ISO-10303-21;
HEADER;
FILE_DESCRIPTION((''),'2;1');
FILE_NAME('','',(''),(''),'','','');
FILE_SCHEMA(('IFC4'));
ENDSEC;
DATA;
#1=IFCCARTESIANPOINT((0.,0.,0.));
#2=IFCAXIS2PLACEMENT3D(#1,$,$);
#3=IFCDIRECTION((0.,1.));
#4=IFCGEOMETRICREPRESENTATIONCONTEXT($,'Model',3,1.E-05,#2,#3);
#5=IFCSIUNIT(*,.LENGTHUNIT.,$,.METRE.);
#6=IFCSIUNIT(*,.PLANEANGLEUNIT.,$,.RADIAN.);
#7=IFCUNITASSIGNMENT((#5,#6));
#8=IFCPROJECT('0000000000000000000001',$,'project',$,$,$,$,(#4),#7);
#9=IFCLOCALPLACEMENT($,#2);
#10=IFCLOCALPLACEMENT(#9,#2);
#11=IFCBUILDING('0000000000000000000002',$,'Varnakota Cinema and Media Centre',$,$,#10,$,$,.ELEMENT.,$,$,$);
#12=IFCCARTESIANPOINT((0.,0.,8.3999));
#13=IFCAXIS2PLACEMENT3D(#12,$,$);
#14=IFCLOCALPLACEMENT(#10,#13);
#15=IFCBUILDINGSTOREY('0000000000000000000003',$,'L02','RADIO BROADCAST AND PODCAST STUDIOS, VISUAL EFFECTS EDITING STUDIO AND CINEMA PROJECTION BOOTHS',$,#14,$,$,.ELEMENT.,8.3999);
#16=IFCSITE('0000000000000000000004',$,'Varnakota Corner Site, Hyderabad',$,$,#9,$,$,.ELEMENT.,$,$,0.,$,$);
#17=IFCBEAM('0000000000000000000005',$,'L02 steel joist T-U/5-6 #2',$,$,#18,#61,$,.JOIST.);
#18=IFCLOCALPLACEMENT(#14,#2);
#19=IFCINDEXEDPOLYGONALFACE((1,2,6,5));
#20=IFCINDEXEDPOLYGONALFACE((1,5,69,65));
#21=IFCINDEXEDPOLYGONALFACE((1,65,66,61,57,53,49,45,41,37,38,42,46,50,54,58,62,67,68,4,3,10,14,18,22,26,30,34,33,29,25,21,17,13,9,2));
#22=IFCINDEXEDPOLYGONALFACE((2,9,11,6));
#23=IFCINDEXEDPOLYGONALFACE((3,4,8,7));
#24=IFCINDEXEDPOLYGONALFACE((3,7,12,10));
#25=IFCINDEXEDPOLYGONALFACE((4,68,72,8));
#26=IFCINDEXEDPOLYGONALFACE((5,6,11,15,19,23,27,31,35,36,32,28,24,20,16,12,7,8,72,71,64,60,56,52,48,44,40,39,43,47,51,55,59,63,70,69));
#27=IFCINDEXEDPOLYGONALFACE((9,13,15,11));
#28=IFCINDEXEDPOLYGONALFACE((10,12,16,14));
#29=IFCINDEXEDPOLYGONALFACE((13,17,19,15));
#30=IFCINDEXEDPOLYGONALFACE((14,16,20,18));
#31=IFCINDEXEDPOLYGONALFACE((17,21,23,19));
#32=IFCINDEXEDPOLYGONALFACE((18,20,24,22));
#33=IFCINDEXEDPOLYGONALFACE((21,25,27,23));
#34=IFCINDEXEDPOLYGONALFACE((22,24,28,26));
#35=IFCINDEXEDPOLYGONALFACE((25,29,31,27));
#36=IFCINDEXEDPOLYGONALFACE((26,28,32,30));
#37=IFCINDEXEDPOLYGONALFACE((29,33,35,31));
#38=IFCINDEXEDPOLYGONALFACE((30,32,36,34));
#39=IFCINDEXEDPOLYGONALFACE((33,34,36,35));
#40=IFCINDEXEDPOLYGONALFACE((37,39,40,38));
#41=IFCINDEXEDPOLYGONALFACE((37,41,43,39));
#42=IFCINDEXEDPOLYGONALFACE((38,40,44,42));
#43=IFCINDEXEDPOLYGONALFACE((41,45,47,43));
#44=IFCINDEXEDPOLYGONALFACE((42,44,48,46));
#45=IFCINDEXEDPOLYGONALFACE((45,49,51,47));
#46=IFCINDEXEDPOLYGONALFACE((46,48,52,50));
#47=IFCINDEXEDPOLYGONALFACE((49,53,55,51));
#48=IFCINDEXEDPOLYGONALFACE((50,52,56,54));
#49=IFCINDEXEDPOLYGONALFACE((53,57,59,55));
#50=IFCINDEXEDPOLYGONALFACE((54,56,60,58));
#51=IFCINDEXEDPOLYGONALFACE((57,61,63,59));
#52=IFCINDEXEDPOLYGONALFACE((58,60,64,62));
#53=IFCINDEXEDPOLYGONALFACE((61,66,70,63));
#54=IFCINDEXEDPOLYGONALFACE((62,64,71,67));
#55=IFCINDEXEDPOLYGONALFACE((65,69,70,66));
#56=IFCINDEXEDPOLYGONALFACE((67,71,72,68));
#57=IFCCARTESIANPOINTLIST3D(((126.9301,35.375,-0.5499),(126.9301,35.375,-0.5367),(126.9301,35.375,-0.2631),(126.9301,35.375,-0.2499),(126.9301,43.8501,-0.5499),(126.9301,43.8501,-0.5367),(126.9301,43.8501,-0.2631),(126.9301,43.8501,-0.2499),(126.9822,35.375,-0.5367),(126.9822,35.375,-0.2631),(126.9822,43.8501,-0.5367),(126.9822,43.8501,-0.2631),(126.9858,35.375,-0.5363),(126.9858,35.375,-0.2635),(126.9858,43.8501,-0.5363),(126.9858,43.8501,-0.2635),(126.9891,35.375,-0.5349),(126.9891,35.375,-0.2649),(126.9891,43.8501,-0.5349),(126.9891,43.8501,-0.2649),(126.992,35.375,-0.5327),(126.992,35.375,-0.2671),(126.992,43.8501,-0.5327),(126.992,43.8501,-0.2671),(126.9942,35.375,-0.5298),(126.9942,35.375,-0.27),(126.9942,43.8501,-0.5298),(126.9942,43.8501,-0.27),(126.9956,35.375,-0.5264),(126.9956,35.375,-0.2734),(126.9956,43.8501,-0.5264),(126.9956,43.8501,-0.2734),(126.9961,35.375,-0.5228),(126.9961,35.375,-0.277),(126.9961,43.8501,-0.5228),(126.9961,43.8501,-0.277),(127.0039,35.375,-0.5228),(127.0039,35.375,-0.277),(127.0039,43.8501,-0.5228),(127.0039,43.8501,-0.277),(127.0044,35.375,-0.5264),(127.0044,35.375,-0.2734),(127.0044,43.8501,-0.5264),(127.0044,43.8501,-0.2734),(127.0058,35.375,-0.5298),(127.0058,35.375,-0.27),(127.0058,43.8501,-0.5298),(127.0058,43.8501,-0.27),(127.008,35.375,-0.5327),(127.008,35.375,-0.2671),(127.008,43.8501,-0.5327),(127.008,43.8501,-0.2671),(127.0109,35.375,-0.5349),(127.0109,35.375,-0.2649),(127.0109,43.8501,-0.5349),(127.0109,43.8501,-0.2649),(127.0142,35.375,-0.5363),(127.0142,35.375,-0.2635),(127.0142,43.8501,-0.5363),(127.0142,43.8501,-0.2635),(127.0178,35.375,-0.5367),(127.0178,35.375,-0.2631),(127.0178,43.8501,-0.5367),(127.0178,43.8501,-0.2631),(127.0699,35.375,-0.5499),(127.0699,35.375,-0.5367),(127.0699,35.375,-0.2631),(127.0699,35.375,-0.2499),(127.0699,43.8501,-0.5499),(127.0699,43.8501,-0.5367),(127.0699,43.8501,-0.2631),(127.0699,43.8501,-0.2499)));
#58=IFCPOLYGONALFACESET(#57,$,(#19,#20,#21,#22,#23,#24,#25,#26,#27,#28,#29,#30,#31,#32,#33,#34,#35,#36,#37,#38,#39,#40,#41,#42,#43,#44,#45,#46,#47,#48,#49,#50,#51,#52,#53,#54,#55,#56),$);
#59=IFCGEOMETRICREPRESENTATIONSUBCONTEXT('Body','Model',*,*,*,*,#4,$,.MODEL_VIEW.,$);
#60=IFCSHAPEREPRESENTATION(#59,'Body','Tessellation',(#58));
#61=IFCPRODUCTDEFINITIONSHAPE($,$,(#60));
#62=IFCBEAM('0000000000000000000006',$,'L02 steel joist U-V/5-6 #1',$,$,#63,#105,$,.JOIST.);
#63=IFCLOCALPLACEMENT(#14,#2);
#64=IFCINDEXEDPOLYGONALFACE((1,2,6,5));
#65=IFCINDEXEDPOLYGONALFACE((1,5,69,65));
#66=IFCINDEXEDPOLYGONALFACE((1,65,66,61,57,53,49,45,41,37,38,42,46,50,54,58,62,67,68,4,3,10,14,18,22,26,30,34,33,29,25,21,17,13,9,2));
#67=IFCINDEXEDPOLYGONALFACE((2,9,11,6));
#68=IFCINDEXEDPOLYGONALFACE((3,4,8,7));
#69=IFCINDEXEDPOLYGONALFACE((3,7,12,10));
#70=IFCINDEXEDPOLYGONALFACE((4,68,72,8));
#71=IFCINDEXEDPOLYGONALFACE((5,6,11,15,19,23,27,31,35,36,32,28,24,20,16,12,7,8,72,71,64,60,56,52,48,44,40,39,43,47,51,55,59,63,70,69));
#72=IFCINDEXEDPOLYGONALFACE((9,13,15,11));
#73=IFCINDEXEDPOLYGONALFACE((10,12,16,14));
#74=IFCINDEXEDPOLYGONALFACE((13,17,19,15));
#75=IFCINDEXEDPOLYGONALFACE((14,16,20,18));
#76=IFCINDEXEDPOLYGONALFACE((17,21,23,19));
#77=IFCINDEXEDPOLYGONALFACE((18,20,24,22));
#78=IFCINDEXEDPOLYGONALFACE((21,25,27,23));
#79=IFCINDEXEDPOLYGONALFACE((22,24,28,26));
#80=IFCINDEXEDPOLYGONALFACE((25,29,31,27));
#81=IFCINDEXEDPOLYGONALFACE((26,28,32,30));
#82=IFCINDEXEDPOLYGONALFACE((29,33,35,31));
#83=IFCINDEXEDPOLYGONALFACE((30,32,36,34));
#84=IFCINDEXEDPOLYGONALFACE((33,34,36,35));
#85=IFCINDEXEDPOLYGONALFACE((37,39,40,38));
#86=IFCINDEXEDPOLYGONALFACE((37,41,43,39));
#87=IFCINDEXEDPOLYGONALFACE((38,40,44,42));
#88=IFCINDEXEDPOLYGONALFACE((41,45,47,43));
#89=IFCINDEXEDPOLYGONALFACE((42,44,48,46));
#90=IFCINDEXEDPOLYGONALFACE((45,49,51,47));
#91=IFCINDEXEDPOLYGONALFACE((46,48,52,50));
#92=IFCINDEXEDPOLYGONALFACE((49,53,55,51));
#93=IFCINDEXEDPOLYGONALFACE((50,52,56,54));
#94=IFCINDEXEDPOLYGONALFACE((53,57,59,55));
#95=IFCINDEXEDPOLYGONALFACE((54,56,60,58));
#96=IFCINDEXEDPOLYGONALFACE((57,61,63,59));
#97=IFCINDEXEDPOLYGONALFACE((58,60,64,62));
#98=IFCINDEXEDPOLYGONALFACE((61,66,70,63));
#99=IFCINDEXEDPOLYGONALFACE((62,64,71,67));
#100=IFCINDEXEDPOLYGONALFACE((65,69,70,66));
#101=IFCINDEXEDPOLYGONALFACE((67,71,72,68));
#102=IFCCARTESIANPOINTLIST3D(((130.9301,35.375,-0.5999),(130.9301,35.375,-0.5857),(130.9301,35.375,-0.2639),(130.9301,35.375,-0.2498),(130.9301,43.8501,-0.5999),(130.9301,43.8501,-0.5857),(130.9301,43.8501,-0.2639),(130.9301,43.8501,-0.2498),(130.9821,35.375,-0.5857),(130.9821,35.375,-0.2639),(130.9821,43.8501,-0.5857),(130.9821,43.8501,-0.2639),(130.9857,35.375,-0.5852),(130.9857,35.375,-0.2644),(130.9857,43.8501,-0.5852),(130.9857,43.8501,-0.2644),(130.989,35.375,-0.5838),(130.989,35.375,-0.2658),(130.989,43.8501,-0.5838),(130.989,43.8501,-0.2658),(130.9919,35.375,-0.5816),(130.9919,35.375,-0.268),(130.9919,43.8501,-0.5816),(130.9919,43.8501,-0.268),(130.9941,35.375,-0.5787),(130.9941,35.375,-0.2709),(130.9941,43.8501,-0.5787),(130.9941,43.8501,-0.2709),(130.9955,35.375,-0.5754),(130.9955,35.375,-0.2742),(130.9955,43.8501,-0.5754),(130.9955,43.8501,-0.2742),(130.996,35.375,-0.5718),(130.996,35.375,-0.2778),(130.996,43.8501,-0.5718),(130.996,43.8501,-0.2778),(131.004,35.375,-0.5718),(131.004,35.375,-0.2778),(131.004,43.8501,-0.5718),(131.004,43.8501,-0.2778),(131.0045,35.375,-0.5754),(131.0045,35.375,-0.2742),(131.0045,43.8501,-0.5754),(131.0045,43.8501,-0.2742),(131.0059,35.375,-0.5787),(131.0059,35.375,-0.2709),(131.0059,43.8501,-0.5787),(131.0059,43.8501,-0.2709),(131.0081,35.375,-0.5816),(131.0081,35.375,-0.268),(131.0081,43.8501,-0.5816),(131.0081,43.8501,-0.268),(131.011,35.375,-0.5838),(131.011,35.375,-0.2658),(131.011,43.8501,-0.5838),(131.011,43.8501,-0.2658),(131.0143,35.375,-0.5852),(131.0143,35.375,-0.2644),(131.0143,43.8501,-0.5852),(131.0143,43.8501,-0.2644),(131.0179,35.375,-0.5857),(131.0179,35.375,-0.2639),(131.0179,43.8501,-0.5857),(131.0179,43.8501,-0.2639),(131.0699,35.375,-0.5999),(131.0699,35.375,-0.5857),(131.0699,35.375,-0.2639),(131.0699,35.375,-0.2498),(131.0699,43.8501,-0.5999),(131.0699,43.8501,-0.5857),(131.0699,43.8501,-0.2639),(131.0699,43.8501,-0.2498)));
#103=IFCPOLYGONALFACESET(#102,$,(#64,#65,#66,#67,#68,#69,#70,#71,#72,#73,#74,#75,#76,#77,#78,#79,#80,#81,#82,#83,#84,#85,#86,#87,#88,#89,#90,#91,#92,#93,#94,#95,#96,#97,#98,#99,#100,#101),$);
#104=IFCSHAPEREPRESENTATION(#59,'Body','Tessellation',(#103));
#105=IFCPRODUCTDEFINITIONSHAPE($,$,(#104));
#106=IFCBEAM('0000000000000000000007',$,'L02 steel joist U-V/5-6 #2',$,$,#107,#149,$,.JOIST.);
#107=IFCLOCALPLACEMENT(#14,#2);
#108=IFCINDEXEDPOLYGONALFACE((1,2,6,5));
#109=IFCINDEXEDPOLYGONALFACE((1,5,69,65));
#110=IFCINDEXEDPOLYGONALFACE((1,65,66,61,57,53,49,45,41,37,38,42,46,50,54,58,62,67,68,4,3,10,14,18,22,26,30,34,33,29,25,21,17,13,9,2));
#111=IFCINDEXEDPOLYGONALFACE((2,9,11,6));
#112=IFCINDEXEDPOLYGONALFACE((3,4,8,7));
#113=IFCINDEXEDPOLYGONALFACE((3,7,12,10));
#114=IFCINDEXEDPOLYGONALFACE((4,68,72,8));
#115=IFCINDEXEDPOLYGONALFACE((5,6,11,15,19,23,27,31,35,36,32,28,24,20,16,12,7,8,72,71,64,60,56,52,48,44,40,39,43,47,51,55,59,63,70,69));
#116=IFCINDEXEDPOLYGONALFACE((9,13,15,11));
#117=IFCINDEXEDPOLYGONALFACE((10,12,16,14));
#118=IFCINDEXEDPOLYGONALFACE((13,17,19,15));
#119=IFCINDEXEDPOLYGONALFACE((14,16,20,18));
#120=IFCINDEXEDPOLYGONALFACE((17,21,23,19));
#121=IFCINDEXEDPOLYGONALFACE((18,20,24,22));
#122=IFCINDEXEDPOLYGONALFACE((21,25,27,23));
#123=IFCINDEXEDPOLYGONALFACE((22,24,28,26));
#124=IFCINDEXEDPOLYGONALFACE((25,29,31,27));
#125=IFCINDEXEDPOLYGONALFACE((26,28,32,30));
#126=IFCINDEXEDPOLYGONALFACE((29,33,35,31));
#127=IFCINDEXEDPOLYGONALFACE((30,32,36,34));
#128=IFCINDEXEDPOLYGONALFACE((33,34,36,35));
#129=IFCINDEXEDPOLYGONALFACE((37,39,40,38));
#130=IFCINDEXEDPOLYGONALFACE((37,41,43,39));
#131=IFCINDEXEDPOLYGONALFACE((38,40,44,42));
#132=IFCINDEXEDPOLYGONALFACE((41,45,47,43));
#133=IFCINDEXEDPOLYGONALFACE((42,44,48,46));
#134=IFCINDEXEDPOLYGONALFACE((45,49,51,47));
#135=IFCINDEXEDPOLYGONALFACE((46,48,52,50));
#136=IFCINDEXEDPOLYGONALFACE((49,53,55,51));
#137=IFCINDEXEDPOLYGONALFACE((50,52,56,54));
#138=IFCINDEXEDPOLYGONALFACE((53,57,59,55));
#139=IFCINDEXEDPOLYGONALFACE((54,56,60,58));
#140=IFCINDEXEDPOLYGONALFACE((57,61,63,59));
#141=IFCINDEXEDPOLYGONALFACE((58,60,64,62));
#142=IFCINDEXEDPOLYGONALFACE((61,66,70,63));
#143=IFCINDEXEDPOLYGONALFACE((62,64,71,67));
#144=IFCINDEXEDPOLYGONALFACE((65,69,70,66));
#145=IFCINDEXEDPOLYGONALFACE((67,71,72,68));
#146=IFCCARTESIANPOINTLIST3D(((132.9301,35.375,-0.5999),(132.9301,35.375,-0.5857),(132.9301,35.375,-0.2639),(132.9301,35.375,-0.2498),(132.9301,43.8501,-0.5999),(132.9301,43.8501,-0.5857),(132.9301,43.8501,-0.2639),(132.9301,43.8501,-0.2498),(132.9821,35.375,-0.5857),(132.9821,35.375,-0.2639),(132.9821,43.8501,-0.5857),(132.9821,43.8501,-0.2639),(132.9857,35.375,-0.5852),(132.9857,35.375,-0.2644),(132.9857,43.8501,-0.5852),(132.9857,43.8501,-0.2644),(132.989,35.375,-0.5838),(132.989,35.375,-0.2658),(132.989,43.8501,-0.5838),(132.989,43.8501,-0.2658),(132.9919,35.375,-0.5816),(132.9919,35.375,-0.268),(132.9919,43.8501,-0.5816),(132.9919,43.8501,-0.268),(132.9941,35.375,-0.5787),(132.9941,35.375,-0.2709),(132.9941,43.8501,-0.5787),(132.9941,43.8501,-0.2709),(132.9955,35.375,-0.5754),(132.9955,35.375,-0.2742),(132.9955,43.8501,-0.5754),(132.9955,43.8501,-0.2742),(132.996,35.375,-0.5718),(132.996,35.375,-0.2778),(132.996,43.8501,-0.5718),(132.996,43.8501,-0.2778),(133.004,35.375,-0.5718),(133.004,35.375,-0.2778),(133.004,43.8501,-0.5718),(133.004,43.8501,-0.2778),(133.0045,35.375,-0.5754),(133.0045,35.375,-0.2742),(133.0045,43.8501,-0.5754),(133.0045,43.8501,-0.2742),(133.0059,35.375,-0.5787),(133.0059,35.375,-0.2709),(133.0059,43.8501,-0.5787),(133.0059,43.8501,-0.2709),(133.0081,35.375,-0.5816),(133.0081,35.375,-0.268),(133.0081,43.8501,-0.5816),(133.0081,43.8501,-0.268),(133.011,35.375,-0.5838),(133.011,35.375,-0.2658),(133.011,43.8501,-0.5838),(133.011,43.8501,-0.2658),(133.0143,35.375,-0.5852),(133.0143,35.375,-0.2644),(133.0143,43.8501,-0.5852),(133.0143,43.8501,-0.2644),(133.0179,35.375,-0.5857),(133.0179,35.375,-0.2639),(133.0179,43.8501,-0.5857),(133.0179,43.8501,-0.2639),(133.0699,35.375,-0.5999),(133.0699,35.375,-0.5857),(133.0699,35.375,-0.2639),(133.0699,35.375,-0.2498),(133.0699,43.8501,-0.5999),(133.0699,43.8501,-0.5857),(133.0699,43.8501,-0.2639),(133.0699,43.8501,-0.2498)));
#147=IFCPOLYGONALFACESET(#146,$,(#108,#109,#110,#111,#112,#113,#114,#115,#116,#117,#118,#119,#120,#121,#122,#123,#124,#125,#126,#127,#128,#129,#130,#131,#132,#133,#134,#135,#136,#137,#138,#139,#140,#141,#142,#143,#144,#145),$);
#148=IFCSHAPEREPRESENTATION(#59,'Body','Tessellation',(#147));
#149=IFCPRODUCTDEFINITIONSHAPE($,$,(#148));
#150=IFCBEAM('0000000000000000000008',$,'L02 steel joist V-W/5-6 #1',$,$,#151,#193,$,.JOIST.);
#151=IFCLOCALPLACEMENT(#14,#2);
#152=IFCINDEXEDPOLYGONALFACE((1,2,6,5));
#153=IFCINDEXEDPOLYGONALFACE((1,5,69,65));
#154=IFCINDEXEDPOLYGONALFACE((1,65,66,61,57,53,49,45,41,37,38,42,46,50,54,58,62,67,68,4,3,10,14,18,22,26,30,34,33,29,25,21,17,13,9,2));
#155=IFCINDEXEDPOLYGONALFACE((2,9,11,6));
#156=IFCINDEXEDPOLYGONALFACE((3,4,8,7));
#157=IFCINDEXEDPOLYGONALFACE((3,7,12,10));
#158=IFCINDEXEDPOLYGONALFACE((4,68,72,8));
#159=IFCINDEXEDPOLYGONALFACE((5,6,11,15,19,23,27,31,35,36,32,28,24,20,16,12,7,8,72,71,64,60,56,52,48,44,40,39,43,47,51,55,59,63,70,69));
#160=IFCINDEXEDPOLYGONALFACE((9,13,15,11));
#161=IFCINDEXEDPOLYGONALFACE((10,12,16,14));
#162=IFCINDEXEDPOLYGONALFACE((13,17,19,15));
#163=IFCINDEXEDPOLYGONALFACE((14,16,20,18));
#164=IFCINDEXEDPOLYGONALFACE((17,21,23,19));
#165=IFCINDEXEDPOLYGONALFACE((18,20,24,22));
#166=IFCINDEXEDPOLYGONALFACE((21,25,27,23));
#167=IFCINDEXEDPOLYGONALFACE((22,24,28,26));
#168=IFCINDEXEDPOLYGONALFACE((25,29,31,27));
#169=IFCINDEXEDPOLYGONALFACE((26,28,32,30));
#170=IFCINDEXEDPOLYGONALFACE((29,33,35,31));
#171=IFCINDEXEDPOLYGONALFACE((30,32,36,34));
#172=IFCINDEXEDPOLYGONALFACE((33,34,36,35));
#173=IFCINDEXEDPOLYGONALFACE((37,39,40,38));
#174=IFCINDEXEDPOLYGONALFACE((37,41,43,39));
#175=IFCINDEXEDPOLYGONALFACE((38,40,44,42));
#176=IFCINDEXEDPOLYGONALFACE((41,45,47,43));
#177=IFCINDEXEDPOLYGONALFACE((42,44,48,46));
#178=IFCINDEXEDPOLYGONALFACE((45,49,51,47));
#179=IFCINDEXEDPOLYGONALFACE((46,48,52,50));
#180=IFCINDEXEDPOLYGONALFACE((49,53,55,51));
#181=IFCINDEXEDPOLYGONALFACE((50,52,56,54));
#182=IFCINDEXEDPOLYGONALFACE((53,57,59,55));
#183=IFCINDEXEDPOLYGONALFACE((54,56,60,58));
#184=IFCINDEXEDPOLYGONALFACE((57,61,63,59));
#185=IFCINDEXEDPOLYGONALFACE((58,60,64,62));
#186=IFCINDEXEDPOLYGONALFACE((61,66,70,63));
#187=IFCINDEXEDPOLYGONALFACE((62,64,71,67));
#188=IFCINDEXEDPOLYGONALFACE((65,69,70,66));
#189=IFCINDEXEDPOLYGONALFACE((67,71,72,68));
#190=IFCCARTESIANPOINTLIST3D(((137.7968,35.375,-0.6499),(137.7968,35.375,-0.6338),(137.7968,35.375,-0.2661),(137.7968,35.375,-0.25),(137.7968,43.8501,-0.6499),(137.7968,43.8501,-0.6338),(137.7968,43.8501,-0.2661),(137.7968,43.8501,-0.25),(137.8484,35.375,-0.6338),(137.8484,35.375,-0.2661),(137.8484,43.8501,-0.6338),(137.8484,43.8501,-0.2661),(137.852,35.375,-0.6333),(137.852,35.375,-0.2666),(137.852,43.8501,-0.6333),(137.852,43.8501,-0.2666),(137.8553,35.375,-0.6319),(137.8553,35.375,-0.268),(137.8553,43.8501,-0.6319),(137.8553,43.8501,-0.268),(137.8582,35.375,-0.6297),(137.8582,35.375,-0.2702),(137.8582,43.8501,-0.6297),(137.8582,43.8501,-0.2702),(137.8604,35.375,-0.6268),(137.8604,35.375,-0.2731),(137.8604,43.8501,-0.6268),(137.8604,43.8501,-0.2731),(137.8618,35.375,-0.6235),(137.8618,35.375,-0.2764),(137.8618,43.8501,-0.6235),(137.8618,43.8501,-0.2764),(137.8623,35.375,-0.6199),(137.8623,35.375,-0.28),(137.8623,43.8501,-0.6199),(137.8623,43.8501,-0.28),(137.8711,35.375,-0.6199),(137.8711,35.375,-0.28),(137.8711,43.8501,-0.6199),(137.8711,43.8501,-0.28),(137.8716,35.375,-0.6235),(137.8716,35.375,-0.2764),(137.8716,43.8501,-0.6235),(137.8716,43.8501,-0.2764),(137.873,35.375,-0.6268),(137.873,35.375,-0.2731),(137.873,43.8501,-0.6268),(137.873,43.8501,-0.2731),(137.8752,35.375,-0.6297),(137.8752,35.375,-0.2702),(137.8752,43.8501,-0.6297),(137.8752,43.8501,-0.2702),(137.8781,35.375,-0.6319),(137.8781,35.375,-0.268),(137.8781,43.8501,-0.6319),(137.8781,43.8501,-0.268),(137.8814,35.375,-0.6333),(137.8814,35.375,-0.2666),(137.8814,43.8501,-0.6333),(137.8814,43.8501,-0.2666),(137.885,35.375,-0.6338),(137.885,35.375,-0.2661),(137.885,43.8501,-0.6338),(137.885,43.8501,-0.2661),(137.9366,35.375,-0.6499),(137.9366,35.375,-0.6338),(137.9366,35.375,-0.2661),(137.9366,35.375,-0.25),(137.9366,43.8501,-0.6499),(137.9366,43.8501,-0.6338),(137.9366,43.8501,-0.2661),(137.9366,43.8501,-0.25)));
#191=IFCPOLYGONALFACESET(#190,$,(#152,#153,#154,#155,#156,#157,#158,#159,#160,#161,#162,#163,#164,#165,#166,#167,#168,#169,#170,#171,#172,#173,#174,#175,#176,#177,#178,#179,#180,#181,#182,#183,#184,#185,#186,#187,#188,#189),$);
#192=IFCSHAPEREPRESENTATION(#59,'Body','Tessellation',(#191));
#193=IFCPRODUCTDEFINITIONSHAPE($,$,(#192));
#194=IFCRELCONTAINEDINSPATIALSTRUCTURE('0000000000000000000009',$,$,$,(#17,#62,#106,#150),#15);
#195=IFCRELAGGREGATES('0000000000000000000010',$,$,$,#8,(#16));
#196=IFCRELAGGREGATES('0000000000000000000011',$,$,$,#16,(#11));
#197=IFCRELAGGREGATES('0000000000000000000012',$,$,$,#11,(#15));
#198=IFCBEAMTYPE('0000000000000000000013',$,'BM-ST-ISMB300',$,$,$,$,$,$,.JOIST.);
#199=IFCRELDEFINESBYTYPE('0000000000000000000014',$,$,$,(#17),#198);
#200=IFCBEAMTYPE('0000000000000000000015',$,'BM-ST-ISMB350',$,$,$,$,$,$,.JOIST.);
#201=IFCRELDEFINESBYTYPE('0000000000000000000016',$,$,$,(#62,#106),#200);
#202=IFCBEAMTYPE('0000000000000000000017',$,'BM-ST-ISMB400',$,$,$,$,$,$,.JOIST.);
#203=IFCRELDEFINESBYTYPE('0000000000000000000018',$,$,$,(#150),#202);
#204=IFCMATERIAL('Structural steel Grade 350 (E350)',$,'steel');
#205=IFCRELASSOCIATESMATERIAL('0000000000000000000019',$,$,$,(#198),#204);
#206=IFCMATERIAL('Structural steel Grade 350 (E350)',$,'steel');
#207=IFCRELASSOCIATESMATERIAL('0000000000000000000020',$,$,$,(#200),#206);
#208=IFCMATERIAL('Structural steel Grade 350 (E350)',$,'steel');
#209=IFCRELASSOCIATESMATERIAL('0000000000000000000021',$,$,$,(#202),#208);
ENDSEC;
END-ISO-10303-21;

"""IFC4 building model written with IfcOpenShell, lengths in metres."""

from ifc_helpers import new_model, si_unit, direction, frame, origin, origin_2d, place, context, subcontext, project, spatial, i_section, extrude, material, material_profile, profile_set, type_object, element, save


model = new_model("IFC4")

# Units and contexts
model_context = context("Model", 3, precision=1e-05, world=origin(), true_north=direction((0.0, 1.0)))
body_context = subcontext(model_context, "Body", "Model", "MODEL_VIEW")
ifc_project = project(units=[si_unit("LENGTHUNIT", "METRE"), si_unit("PLANEANGLEUNIT", "RADIAN")], contexts=[model_context])

# Site, building, storey
site_placement = place(None, origin())
site = spatial("IfcSite", under=ifc_project, at=site_placement, Name="Varnakota Corner Site, Hyderabad", CompositionType="ELEMENT", RefElevation=0.0)
building_placement = place(site_placement, origin())
building = spatial("IfcBuilding", under=site, at=building_placement, Name="Varnakota Cinema and Media Centre", CompositionType="ELEMENT")
storey_placement = place(building_placement, frame((0.0, 0.0, 8.3999)))
storey = spatial("IfcBuildingStorey", under=building, at=storey_placement, Name="L02", Description="RADIO BROADCAST AND PODCAST STUDIOS, VISUAL EFFECTS EDITING STUDIO AND CINEMA PROJECTION BOOTHS", CompositionType="ELEMENT", Elevation=8.3999)

# Beams
ifc_material_1 = material(Name="Structural steel Grade 350 (E350)", Category="steel")
ifc_material_profile_1 = material_profile(ifc_material_1, i_section(OverallWidth=0.1399, OverallDepth=0.3, WebThickness=0.0078, FlangeThickness=0.0132, FilletRadius=0.0139, at=origin_2d()), Name="ISMB 300")
ifc_profile_set_1 = profile_set([ifc_material_profile_1], Name="Structural steel Grade 350 (E350)")
beam_type_1 = type_object("IfcBeamType", Name="BM-ST-ISMB300", PredefinedType="JOIST", material=ifc_profile_set_1)
beam_1_placement = place(storey_placement, frame((127.0, 35.375, -0.3999), z_axis=(0.0, 1.0, 0.0), x_axis=(-1.0, 0.0, 0.0)))
element("IfcBeam", 1, at=beam_1_placement, inside=storey, type_object=beam_type_1, Name="L02 steel joist T-U/5-6 #2", PredefinedType="JOIST", context=body_context, shape_type="SweptSolid", body=[
    extrude(i_section(OverallWidth=0.1399, OverallDepth=0.3, WebThickness=0.0078, FlangeThickness=0.0132, FilletRadius=0.0139, at=origin_2d()), origin(), (0.0, 0.0, 1.0), 8.4751),
])
ifc_material_2 = material(Name="Structural steel Grade 350 (E350)", Category="steel")
ifc_material_profile_2 = material_profile(ifc_material_2, i_section(OverallWidth=0.1399, OverallDepth=0.3501, WebThickness=0.0081, FlangeThickness=0.0142, FilletRadius=0.0139, at=origin_2d()), Name="ISMB 350")
ifc_profile_set_2 = profile_set([ifc_material_profile_2], Name="Structural steel Grade 350 (E350)")
beam_type_2 = type_object("IfcBeamType", Name="BM-ST-ISMB350", PredefinedType="JOIST", material=ifc_profile_set_2)
for number, where, z_axis, x_axis, name in (
    (2, (131.0, 35.375, -0.4248), (0.0, 1.0, 0.0), (-1.0, 0.0, 0.0), "L02 steel joist U-V/5-6 #1"),
    (3, (133.0, 35.375, -0.4248), (0.0, 1.0, 0.0), (-1.0, 0.0, 0.0), "L02 steel joist U-V/5-6 #2"),
):
    element("IfcBeam", number, at=place(storey_placement, frame(where, z_axis=z_axis, x_axis=x_axis)), inside=storey, type_object=beam_type_2, Name=name, PredefinedType="JOIST", context=body_context, shape_type="SweptSolid", body=[
        extrude(i_section(OverallWidth=0.1399, OverallDepth=0.3501, WebThickness=0.0081, FlangeThickness=0.0142, FilletRadius=0.0139, at=origin_2d()), origin(), (0.0, 0.0, 1.0), 8.4751),
    ])
ifc_material_3 = material(Name="Structural steel Grade 350 (E350)", Category="steel")
ifc_material_profile_3 = material_profile(ifc_material_3, i_section(OverallWidth=0.1399, OverallDepth=0.3999, WebThickness=0.0088, FlangeThickness=0.0161, FilletRadius=0.0139, at=origin_2d()), Name="ISMB 400")
ifc_profile_set_3 = profile_set([ifc_material_profile_3], Name="Structural steel Grade 350 (E350)")
beam_type_3 = type_object("IfcBeamType", Name="BM-ST-ISMB400", PredefinedType="JOIST", material=ifc_profile_set_3)
for number, where, z_axis, x_axis, name in (
    (4, (137.8667, 35.375, -0.45), (0.0, 1.0, 0.0), (-1.0, 0.0, 0.0), "L02 steel joist V-W/5-6 #1"),
):
    element("IfcBeam", number, at=place(storey_placement, frame(where, z_axis=z_axis, x_axis=x_axis)), inside=storey, type_object=beam_type_3, Name=name, PredefinedType="JOIST", context=body_context, shape_type="SweptSolid", body=[
        extrude(i_section(OverallWidth=0.1399, OverallDepth=0.3999, WebThickness=0.0088, FlangeThickness=0.0161, FilletRadius=0.0139, at=origin_2d()), origin(), (0.0, 0.0, 1.0), 8.4751),
    ])

save(model, "model.ifc")
